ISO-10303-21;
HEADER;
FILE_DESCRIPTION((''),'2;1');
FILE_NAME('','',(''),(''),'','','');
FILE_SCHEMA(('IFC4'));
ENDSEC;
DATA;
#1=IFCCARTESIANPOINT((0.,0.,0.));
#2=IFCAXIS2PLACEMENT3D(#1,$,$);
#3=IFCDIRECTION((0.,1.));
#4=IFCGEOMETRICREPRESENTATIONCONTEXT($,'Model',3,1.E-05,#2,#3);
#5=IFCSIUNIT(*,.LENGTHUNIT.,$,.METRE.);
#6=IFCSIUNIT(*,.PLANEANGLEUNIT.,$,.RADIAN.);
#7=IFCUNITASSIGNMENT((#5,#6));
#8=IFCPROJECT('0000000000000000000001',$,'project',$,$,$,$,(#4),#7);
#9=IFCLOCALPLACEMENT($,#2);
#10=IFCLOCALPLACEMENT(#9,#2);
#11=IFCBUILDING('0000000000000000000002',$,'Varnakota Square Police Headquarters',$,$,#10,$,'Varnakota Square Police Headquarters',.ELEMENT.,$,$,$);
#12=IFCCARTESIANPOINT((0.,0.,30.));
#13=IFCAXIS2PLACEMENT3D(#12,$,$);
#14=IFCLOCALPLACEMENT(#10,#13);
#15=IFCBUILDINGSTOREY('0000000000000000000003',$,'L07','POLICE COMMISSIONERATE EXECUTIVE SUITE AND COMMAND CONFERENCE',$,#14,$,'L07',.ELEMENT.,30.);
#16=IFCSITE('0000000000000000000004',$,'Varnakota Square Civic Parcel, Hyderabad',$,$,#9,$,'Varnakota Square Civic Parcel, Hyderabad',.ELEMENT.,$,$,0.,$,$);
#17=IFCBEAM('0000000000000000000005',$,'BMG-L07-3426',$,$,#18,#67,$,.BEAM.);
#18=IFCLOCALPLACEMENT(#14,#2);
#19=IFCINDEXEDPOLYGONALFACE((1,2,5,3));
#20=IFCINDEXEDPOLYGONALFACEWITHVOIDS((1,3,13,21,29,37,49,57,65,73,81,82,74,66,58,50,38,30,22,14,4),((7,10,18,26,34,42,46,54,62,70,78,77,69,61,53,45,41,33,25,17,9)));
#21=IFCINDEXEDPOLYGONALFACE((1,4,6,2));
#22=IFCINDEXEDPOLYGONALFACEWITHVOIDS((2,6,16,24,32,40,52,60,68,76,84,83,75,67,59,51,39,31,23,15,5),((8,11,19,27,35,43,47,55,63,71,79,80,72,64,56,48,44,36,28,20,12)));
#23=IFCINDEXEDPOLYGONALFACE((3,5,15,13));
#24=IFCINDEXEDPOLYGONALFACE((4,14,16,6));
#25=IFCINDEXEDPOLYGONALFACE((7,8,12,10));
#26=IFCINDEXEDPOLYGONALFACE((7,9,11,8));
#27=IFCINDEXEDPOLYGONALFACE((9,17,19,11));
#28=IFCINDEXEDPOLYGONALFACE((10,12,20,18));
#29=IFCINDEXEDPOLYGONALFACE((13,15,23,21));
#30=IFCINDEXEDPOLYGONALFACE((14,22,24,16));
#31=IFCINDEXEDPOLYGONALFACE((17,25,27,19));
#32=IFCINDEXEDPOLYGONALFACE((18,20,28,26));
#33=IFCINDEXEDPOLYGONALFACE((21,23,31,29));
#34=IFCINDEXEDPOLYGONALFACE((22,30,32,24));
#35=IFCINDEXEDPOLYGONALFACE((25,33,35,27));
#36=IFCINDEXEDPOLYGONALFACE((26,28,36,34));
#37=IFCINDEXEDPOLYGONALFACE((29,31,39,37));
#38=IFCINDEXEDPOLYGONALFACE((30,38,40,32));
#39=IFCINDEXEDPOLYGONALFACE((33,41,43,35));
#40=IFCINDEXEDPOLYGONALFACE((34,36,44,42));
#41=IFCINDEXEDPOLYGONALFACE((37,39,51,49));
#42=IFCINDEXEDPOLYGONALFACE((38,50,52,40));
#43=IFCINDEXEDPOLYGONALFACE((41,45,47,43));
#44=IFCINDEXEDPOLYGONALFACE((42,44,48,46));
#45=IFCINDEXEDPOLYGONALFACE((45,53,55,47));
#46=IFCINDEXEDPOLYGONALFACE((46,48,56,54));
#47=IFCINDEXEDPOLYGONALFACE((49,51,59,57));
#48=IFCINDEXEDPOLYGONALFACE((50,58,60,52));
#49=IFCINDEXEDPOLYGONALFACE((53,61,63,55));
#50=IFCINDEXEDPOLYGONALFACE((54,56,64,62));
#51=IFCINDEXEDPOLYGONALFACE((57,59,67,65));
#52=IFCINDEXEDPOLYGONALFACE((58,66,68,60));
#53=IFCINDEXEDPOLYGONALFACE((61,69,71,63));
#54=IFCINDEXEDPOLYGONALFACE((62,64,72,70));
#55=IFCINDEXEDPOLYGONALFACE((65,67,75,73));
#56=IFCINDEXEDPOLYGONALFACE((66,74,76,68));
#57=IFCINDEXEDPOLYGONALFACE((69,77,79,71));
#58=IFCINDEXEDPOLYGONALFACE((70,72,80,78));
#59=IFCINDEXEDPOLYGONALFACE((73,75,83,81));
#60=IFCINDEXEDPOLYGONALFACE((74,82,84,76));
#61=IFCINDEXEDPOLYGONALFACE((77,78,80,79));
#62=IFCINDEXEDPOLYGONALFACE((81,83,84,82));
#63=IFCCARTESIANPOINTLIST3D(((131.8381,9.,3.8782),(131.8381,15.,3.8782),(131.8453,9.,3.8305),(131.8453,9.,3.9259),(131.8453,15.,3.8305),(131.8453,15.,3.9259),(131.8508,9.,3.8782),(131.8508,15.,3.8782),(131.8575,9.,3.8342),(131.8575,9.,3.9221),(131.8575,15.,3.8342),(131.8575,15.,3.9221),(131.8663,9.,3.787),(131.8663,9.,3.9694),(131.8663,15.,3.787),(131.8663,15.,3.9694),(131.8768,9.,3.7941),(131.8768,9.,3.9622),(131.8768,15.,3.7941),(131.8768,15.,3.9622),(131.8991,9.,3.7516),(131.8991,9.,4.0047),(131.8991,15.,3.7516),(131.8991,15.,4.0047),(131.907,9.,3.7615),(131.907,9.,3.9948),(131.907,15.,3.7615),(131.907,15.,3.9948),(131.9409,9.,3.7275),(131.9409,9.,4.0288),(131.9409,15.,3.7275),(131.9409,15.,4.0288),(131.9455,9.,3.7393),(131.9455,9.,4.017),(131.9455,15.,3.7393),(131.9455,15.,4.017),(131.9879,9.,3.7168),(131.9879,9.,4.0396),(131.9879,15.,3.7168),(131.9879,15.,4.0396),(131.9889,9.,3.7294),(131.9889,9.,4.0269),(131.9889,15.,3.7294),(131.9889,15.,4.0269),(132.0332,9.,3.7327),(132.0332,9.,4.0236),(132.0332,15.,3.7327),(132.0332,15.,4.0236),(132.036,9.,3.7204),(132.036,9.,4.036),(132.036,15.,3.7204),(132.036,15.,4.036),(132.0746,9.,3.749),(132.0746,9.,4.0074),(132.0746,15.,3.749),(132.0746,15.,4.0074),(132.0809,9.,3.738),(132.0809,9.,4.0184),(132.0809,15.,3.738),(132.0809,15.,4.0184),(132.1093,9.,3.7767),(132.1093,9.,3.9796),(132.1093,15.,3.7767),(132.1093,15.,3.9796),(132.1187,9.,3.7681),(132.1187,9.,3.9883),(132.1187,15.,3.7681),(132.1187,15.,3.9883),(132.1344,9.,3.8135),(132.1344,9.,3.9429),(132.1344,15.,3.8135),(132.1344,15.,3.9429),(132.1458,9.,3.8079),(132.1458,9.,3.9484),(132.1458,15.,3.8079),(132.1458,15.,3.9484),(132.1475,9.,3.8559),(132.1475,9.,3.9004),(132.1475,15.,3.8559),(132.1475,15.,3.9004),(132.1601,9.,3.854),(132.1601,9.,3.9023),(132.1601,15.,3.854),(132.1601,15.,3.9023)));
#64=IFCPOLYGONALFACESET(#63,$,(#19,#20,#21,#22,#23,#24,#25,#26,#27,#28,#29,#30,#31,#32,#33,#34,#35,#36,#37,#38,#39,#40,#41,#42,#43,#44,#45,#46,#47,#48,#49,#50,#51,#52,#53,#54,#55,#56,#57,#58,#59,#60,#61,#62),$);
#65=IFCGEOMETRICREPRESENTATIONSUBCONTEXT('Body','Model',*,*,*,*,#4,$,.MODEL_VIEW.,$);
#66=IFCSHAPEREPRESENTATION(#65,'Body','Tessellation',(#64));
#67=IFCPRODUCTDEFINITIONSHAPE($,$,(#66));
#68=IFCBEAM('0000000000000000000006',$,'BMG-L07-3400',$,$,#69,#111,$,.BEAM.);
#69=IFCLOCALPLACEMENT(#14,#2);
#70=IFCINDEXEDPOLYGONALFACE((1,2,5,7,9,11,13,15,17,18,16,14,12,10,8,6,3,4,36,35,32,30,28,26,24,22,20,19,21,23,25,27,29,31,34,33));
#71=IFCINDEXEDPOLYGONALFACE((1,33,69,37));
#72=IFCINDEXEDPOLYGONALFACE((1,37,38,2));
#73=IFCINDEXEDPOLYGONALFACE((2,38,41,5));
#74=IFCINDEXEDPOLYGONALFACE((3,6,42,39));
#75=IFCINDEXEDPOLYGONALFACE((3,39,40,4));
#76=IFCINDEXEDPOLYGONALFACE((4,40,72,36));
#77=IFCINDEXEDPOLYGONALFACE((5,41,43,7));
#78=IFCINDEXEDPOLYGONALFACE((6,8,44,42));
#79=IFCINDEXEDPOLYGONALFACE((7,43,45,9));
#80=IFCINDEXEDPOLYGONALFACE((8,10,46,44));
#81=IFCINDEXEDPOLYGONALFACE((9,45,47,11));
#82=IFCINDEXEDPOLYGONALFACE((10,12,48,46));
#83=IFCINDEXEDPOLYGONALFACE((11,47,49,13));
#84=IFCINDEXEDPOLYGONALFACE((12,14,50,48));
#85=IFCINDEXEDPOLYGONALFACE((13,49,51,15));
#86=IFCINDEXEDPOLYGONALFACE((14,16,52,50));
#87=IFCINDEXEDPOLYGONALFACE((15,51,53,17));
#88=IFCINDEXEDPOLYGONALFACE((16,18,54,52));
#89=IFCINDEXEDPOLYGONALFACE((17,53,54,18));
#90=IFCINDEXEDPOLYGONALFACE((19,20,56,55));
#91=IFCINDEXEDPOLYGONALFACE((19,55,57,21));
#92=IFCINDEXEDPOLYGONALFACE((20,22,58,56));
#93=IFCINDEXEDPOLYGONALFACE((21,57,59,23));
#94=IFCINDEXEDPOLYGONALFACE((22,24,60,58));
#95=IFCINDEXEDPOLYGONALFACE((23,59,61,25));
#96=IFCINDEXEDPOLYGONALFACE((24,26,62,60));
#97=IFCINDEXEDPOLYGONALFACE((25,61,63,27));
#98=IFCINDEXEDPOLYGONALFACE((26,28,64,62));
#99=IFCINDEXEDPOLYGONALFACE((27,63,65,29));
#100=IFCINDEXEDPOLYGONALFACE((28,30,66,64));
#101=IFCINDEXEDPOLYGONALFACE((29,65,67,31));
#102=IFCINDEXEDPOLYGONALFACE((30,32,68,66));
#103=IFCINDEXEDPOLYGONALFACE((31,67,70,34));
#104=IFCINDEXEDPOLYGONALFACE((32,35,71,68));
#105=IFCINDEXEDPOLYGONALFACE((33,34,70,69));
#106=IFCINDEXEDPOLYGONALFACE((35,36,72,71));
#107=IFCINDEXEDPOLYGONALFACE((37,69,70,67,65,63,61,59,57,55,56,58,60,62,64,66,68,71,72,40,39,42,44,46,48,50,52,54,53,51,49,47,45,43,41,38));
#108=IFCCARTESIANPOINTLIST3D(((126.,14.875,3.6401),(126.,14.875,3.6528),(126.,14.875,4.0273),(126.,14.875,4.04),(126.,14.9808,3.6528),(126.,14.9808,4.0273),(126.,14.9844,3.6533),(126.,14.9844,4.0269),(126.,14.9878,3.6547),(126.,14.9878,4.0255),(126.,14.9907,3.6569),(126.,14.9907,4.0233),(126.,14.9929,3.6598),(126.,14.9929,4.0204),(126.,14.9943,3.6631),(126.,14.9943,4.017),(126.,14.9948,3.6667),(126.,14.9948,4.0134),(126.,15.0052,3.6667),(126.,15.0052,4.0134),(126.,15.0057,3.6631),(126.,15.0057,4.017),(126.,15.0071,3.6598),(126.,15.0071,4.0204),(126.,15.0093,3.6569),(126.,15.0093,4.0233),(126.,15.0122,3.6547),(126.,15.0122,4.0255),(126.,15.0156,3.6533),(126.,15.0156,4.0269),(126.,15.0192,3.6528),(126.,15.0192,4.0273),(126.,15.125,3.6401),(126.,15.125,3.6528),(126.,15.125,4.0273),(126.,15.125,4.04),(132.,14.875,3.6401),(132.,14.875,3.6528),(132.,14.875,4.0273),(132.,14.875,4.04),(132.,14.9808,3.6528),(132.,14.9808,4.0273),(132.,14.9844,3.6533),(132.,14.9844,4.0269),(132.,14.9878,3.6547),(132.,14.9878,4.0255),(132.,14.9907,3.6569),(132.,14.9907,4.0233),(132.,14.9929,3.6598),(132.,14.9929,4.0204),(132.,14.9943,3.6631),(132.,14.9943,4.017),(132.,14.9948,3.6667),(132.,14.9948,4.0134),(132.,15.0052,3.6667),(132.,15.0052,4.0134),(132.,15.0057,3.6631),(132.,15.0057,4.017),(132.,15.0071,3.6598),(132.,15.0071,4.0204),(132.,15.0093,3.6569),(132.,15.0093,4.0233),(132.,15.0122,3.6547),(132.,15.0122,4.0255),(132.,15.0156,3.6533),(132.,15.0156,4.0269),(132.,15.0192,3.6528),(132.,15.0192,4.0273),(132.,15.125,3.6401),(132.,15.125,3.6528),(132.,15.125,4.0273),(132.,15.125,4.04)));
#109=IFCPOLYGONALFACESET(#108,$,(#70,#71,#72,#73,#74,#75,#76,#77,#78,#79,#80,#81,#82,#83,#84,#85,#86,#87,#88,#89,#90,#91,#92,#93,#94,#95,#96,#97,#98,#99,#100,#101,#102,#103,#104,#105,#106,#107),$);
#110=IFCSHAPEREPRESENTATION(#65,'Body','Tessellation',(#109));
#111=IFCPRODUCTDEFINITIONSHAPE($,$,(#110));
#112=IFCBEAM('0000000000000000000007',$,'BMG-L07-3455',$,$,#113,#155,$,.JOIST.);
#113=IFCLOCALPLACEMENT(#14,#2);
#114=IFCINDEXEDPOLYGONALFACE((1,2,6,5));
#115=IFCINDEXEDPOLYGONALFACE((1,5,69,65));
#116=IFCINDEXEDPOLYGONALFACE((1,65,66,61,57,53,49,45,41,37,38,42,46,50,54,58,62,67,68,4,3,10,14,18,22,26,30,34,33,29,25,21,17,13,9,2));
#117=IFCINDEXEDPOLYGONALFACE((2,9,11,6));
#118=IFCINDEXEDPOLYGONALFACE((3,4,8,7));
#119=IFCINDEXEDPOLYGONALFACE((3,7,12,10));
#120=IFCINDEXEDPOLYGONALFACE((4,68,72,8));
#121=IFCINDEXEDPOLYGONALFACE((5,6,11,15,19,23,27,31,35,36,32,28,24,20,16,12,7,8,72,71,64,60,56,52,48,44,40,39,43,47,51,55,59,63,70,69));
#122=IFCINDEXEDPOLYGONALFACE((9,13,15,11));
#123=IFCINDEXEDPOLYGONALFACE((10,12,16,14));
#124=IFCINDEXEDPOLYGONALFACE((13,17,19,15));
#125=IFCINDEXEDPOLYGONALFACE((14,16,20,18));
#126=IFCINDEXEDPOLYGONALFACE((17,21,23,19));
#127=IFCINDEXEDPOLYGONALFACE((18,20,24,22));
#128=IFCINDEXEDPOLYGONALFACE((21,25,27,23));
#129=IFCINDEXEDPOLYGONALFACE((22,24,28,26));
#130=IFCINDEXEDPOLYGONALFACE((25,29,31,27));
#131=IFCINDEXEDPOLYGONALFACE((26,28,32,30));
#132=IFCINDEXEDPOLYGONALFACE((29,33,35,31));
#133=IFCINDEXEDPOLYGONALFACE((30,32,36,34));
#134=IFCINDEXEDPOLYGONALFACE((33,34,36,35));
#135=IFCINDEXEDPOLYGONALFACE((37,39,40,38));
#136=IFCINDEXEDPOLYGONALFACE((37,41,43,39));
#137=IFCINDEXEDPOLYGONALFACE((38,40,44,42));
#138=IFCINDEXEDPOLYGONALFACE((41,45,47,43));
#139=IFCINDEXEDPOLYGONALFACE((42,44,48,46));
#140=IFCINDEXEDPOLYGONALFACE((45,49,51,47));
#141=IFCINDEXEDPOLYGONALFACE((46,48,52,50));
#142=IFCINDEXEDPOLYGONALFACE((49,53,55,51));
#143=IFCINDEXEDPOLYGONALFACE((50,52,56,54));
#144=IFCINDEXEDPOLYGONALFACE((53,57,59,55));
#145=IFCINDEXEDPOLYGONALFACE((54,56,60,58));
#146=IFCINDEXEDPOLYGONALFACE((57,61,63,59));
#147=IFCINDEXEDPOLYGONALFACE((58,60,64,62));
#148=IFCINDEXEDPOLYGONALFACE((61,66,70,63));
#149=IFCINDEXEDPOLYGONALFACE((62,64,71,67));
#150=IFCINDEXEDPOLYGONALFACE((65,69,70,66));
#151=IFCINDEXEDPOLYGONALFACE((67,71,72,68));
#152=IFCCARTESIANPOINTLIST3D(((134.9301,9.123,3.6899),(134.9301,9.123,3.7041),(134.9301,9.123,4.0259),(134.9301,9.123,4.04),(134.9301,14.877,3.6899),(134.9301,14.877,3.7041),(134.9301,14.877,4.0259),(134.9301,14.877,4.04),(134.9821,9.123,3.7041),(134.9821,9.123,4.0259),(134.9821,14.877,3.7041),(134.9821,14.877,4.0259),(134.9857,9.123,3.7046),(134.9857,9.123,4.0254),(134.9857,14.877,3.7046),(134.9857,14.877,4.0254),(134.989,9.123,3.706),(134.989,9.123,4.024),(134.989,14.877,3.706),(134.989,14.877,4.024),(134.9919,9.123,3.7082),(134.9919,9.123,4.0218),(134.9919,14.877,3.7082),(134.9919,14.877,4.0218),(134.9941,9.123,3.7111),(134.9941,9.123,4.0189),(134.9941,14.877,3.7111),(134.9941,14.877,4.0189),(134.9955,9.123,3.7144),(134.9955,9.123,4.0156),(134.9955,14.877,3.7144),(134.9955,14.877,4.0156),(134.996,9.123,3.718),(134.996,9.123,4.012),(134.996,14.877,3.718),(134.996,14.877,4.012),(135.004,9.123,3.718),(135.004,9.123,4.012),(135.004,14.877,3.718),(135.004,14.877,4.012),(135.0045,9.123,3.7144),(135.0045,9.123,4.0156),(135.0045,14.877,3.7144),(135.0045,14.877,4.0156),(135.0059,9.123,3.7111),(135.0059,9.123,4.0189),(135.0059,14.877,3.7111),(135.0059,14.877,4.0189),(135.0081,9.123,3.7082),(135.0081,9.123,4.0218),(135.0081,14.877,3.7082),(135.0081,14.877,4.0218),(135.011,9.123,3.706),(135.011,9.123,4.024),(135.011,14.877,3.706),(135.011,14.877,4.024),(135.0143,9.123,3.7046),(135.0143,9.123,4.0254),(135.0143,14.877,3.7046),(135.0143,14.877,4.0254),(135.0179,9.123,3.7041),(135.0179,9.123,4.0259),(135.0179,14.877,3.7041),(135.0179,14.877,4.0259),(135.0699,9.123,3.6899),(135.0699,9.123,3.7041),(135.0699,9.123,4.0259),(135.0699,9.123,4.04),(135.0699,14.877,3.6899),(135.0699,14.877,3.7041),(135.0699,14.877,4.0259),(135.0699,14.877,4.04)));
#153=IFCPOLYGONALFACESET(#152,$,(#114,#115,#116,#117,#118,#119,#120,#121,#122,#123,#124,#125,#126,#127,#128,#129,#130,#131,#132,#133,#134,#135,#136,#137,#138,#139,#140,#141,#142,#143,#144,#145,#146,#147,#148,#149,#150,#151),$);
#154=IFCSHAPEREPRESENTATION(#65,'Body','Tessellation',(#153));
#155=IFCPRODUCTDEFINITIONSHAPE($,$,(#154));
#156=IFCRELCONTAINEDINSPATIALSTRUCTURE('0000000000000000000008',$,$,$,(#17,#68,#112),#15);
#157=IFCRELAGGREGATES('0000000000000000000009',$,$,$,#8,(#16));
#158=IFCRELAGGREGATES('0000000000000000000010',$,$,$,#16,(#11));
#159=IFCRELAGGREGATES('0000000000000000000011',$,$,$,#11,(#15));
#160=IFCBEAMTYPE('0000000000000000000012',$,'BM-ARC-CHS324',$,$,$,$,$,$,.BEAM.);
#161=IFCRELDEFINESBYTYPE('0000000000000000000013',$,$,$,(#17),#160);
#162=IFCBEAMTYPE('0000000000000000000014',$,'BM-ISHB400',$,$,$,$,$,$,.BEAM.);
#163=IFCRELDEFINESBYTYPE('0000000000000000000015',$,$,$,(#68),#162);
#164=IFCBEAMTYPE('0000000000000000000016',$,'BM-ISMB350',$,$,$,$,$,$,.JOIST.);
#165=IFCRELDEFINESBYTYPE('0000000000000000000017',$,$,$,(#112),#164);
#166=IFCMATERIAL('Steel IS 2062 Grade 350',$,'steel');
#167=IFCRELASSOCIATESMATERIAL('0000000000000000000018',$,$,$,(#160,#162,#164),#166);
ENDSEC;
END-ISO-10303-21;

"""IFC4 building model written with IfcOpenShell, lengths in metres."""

from ifc_helpers import new_model, si_unit, direction, frame, origin, origin_2d, place, context, subcontext, project, spatial, hollow_circle, i_section, extrude, material, material_profile, profile_set, type_object, element, save


model = new_model("IFC4")

# Units and contexts
model_context = context("Model", 3, precision=1e-05, world=origin(), true_north=direction((0.0, 1.0)))
body_context = subcontext(model_context, "Body", "Model", "MODEL_VIEW")
ifc_project = project(units=[si_unit("LENGTHUNIT", "METRE"), si_unit("PLANEANGLEUNIT", "RADIAN")], contexts=[model_context])

# Site, building, storey
site_placement = place(None, origin())
site = spatial("IfcSite", under=ifc_project, at=site_placement, Name="Varnakota Square Civic Parcel, Hyderabad", LongName="Varnakota Square Civic Parcel, Hyderabad", CompositionType="ELEMENT", RefElevation=0.0)
building_placement = place(site_placement, origin())
building = spatial("IfcBuilding", under=site, at=building_placement, Name="Varnakota Square Police Headquarters", LongName="Varnakota Square Police Headquarters", CompositionType="ELEMENT")
storey_placement = place(building_placement, frame((0.0, 0.0, 30.0)))
storey = spatial("IfcBuildingStorey", under=building, at=storey_placement, Name="L07", Description="POLICE COMMISSIONERATE EXECUTIVE SUITE AND COMMAND CONFERENCE", LongName="L07", CompositionType="ELEMENT", Elevation=30.0)

# Shared definitions
ifc_material_1 = material(Name="Steel IS 2062 Grade 350", Category="steel")

# Beams
ifc_material_profile_1 = material_profile(ifc_material_1, hollow_circle(Radius=0.1619, WallThickness=0.0127, at=origin_2d()), Name="CHS 323.9x12.7")
ifc_profile_set_1 = profile_set([ifc_material_profile_1], Name="Steel IS 2062 Grade 350")
beam_type_1 = type_object("IfcBeamType", Name="BM-ARC-CHS324", PredefinedType="BEAM", material=ifc_profile_set_1)
beam_1_placement = place(storey_placement, frame((132.0, 9.0, 3.8782), z_axis=(0.0, 1.0, 0.0), x_axis=(-1.0, 0.0, 0.0)))
element("IfcBeam", 1, at=beam_1_placement, inside=storey, type_object=beam_type_1, Name="BMG-L07-3426", PredefinedType="BEAM", context=body_context, shape_type="SweptSolid", body=[
    extrude(hollow_circle(Radius=0.1619, WallThickness=0.0127, at=origin_2d()), origin(), (0.0, 0.0, 1.0), 6.0),
])
ifc_material_profile_2 = material_profile(ifc_material_1, i_section(OverallWidth=0.25, OverallDepth=0.3999, WebThickness=0.0105, FlangeThickness=0.0127, FilletRadius=0.0139, at=origin_2d()), Name="ISHB 400")
ifc_profile_set_2 = profile_set([ifc_material_profile_2], Name="Steel IS 2062 Grade 350")
beam_type_2 = type_object("IfcBeamType", Name="BM-ISHB400", PredefinedType="BEAM", material=ifc_profile_set_2)
beam_2_placement = place(storey_placement, frame((126.0, 15.0, 3.8401), z_axis=(1.0, 0.0, 0.0), x_axis=(0.0, 1.0, 0.0)))
element("IfcBeam", 2, at=beam_2_placement, inside=storey, type_object=beam_type_2, Name="BMG-L07-3400", PredefinedType="BEAM", context=body_context, shape_type="SweptSolid", body=[
    extrude(i_section(OverallWidth=0.25, OverallDepth=0.3999, WebThickness=0.0105, FlangeThickness=0.0127, FilletRadius=0.0139, at=origin_2d()), origin(), (0.0, 0.0, 1.0), 6.0),
])
ifc_material_profile_3 = material_profile(ifc_material_1, i_section(OverallWidth=0.1399, OverallDepth=0.3501, WebThickness=0.0081, FlangeThickness=0.0142, FilletRadius=0.0139, at=origin_2d()), Name="ISMB 350")
ifc_profile_set_3 = profile_set([ifc_material_profile_3], Name="Steel IS 2062 Grade 350")
beam_type_3 = type_object("IfcBeamType", Name="BM-ISMB350", PredefinedType="JOIST", material=ifc_profile_set_3)
beam_3_placement = place(storey_placement, frame((135.0, 9.123, 3.865), z_axis=(0.0, 1.0, 0.0), x_axis=(-1.0, 0.0, 0.0)))
element("IfcBeam", 3, at=beam_3_placement, inside=storey, type_object=beam_type_3, Name="BMG-L07-3455", PredefinedType="JOIST", context=body_context, shape_type="SweptSolid", body=[
    extrude(i_section(OverallWidth=0.1399, OverallDepth=0.3501, WebThickness=0.0081, FlangeThickness=0.0142, FilletRadius=0.0139, at=origin_2d()), origin(), (0.0, 0.0, 1.0), 5.7539),
])

save(model, "model.ifc")
